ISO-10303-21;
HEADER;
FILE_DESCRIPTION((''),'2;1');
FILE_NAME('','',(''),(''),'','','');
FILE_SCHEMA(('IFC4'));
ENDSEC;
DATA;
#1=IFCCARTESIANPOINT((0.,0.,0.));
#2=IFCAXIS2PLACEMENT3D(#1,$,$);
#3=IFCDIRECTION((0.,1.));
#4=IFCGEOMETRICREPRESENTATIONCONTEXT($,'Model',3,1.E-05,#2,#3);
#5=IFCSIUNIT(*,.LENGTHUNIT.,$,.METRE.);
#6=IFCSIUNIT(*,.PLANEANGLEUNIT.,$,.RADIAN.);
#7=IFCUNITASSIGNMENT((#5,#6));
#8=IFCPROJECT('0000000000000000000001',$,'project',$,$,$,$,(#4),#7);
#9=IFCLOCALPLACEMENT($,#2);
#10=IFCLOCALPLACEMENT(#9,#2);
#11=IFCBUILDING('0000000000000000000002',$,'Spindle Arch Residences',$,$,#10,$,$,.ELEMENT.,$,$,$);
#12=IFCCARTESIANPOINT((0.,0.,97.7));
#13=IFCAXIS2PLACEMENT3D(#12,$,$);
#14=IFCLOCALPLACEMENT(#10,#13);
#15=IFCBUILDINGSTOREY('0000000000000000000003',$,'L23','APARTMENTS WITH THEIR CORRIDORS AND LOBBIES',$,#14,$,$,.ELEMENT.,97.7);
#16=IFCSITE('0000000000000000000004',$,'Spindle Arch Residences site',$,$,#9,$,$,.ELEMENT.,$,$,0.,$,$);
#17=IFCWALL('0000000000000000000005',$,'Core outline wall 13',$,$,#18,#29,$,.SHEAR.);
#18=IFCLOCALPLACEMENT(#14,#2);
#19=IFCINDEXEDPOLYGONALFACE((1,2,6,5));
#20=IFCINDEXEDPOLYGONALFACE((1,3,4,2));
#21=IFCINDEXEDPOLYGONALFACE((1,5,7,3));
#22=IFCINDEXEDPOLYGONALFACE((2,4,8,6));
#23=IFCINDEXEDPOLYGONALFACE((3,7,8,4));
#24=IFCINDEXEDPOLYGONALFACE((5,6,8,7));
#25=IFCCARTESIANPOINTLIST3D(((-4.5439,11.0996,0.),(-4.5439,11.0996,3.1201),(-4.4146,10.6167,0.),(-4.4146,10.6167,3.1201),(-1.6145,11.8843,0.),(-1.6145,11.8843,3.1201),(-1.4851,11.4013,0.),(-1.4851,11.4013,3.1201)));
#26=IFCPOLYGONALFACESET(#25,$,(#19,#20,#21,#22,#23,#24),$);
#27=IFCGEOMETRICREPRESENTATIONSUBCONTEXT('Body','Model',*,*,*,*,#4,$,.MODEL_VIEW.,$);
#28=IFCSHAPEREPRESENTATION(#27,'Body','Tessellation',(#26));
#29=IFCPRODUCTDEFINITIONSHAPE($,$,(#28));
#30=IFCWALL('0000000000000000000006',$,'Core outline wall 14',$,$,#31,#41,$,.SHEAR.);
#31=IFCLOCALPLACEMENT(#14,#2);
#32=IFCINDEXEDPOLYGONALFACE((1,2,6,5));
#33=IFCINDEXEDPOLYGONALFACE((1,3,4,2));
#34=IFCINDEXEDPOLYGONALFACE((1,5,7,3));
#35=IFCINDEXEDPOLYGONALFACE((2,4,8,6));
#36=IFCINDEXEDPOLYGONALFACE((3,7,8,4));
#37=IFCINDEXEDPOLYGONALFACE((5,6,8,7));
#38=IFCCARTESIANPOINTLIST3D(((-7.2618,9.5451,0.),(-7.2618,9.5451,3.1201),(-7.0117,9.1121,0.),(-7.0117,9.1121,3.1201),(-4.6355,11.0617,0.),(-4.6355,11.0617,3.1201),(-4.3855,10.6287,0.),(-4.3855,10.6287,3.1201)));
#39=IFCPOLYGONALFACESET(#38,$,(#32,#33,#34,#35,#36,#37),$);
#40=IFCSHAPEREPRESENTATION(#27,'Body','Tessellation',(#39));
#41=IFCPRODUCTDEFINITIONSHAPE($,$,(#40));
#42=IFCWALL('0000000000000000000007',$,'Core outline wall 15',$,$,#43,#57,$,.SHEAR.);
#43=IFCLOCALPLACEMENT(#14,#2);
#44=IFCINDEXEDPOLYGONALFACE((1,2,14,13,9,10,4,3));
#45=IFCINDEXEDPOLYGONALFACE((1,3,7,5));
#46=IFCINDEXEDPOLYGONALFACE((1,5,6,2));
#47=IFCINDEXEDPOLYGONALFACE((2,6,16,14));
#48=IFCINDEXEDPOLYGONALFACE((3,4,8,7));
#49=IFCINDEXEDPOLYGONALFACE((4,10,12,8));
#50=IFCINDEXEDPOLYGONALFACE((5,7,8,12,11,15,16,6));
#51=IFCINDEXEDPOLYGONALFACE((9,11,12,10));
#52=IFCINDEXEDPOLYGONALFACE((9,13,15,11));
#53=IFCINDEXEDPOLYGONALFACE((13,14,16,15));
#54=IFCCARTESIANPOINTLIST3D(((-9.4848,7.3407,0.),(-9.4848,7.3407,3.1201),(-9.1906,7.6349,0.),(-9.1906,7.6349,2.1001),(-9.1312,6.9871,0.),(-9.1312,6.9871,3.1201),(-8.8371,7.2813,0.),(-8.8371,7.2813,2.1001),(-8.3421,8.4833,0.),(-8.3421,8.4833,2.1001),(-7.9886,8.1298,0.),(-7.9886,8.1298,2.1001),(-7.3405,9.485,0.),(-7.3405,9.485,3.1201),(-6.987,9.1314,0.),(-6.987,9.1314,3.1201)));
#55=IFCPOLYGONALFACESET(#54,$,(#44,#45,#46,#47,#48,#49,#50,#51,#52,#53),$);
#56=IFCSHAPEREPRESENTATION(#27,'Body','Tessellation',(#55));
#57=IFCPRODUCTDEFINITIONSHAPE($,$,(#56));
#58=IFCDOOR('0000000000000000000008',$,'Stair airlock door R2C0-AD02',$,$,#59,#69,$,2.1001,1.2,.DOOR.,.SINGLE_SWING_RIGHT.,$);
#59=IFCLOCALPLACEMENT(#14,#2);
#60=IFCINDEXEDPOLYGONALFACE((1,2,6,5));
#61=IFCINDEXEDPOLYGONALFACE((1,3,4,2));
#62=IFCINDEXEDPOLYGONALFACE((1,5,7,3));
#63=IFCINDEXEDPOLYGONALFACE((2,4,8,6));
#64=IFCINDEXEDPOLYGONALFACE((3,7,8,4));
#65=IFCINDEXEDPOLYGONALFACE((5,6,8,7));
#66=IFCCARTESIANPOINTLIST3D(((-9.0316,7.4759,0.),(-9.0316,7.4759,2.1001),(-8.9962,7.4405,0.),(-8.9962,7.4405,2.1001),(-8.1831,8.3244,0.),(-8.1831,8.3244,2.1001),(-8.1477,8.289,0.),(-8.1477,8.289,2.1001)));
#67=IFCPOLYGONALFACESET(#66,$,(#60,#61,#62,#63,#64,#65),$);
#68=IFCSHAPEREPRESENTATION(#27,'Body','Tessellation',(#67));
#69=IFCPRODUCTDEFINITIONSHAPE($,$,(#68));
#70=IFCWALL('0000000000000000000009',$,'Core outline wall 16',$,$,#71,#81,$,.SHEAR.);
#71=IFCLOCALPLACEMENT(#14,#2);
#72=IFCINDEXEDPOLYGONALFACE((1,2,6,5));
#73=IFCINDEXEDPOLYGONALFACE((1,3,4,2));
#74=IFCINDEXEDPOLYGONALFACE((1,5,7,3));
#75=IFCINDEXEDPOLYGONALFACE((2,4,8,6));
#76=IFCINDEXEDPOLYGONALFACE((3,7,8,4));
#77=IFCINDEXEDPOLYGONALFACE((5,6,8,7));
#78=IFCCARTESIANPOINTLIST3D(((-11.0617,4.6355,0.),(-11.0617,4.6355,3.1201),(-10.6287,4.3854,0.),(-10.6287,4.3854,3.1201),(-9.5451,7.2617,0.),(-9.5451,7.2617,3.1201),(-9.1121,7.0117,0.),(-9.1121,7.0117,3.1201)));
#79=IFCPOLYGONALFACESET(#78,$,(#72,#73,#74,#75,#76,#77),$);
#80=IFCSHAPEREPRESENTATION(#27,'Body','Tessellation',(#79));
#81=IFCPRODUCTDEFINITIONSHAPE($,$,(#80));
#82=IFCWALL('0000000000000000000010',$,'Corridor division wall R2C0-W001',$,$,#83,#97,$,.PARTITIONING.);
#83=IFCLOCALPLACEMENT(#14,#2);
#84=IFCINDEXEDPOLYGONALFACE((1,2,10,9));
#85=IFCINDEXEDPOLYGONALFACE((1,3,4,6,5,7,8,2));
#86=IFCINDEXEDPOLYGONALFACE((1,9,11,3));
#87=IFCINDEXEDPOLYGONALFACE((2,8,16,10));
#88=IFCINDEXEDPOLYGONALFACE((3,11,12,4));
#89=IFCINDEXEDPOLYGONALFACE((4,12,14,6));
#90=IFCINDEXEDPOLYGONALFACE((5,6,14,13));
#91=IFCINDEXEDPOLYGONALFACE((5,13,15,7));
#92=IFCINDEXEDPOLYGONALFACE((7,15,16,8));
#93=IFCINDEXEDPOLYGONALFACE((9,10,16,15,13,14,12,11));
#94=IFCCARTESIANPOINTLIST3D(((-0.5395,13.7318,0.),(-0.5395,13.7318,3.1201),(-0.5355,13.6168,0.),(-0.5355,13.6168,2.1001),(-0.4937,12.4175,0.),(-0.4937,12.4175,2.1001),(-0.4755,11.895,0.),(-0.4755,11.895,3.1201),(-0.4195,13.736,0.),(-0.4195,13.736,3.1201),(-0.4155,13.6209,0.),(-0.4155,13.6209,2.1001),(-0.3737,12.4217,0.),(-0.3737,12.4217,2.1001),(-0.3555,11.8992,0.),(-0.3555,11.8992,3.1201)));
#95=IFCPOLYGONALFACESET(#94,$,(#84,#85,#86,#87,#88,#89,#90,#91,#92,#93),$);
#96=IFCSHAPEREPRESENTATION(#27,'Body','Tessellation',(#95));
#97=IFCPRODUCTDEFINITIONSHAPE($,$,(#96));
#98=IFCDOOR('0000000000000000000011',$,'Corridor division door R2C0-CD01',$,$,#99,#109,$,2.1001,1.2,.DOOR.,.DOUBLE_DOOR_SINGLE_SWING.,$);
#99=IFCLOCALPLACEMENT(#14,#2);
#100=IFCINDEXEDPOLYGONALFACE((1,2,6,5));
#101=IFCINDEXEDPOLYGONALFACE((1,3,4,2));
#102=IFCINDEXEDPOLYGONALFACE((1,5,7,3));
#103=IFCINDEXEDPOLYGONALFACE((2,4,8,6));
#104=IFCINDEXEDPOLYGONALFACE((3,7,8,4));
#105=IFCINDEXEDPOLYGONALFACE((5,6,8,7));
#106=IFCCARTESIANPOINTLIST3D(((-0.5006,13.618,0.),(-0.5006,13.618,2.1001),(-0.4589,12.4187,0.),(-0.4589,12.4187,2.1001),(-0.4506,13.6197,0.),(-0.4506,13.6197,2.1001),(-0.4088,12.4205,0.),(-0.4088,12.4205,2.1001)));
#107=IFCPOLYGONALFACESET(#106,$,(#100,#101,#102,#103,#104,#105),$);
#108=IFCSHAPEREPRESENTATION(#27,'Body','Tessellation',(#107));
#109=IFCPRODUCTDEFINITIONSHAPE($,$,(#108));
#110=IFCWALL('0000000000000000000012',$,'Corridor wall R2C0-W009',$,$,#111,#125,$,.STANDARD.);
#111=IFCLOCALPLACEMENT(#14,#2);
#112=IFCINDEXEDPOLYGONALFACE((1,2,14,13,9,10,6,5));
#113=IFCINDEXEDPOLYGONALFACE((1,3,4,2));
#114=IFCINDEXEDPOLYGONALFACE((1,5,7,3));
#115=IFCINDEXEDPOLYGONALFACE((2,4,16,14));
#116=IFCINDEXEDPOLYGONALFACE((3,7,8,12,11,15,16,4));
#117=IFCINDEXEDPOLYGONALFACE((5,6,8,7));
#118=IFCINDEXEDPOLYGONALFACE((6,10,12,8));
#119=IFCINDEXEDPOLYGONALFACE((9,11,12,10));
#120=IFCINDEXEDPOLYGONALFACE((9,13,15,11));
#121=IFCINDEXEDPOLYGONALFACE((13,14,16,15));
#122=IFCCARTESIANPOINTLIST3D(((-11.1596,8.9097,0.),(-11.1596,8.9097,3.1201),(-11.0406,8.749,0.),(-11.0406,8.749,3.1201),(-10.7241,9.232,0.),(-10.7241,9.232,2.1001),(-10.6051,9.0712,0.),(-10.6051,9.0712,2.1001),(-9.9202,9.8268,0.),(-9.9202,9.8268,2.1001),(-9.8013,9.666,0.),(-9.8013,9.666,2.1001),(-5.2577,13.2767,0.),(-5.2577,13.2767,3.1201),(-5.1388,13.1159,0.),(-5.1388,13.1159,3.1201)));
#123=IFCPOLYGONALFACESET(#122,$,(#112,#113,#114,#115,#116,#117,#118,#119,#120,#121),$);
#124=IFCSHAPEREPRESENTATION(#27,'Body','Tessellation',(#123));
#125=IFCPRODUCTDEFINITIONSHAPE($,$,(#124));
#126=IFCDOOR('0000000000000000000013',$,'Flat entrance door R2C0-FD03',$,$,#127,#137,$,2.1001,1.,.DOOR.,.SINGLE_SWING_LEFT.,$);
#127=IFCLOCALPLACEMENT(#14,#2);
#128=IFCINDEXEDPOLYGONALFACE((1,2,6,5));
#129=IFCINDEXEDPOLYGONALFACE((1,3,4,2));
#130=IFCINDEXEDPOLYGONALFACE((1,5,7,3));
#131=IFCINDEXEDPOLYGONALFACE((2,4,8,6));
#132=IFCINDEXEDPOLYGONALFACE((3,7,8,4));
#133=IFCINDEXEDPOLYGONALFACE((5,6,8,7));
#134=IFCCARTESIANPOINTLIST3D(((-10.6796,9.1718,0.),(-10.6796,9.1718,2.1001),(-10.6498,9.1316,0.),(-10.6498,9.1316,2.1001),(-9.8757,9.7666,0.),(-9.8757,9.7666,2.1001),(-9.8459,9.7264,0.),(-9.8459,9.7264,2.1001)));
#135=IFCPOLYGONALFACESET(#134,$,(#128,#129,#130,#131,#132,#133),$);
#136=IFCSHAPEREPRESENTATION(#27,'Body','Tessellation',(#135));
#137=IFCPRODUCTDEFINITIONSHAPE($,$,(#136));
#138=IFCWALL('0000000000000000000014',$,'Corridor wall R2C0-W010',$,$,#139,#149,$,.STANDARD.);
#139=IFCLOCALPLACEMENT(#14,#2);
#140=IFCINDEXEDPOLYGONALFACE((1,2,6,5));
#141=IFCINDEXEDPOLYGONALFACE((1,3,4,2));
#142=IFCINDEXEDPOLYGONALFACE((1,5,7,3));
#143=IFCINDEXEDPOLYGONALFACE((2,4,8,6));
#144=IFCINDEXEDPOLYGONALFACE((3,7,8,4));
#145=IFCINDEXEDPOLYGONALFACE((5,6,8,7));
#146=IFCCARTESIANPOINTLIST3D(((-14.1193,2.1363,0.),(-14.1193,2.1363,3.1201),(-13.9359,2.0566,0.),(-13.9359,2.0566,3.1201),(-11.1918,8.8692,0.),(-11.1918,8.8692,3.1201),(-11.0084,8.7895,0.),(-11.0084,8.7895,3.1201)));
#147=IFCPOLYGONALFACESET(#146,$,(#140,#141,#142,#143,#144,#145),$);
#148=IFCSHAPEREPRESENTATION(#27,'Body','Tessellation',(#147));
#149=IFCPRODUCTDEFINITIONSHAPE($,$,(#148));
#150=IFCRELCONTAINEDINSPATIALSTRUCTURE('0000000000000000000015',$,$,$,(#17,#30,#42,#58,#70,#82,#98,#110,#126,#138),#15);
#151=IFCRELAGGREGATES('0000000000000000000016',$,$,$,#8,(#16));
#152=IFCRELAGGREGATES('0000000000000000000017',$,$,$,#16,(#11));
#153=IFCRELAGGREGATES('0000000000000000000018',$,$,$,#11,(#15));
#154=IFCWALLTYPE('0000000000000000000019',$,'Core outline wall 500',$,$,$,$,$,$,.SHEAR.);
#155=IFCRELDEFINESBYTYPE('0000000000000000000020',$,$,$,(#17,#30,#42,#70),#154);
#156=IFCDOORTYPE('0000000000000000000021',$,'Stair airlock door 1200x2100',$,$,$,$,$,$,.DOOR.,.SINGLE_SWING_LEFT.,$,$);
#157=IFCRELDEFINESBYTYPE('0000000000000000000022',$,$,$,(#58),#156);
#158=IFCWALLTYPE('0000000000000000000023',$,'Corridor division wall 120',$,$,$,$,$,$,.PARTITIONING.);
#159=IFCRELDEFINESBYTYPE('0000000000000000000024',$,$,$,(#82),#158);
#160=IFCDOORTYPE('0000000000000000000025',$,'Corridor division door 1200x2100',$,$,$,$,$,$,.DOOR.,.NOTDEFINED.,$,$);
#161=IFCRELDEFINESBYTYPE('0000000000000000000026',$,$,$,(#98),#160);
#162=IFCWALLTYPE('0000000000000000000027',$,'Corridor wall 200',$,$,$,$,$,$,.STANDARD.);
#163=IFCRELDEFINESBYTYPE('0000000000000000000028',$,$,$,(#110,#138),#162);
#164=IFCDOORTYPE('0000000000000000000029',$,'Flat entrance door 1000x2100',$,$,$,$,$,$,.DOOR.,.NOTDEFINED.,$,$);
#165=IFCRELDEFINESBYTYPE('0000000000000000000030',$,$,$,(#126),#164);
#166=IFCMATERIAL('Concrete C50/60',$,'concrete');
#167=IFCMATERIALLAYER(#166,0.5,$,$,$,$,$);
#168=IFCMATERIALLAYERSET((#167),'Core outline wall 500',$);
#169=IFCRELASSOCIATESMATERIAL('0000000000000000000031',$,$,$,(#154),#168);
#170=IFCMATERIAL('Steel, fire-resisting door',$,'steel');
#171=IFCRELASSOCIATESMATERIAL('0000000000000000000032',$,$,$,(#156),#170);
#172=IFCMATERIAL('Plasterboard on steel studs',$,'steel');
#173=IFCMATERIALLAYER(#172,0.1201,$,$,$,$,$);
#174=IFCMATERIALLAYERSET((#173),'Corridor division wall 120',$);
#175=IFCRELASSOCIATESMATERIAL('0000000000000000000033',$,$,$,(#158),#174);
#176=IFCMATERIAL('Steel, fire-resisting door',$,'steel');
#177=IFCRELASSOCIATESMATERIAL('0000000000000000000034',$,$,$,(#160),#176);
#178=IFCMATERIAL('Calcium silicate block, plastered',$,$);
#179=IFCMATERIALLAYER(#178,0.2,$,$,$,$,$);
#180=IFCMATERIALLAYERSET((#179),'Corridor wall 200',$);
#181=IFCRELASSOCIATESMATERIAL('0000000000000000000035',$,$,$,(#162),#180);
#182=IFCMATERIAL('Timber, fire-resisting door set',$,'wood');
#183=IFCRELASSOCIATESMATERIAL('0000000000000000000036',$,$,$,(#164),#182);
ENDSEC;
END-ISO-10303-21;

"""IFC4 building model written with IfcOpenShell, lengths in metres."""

from ifc_helpers import new_model, si_unit, direction, frame, frame_2d, origin, place, context, subcontext, project, spatial, rectangle, extrude, material, layer, layer_set, type_object, element, fill, save


model = new_model("IFC4")

# Units and contexts
model_context = context("Model", 3, precision=1e-05, world=origin(), true_north=direction((0.0, 1.0)))
body_context = subcontext(model_context, "Body", "Model", "MODEL_VIEW")
ifc_project = project(units=[si_unit("LENGTHUNIT", "METRE"), si_unit("PLANEANGLEUNIT", "RADIAN")], contexts=[model_context])

# Site, building, storey
site_placement = place(None, origin())
site = spatial("IfcSite", under=ifc_project, at=site_placement, Name="Spindle Arch Residences site", CompositionType="ELEMENT", RefElevation=0.0)
building_placement = place(site_placement, origin())
building = spatial("IfcBuilding", under=site, at=building_placement, Name="Spindle Arch Residences", CompositionType="ELEMENT")
storey_placement = place(building_placement, frame((0.0, 0.0, 97.7)))
storey = spatial("IfcBuildingStorey", under=building, at=storey_placement, Name="L23", Description="APARTMENTS WITH THEIR CORRIDORS AND LOBBIES", CompositionType="ELEMENT", Elevation=97.7)

# Walls
ifc_material_1 = material(Name="Concrete C50/60", Category="concrete")
ifc_layer_1 = layer(ifc_material_1, 0.5)
ifc_layer_set_1 = layer_set([ifc_layer_1], Name="Core outline wall 500")
wall_type_1 = type_object("IfcWallType", Name="Core outline wall 500", PredefinedType="SHEAR", material=ifc_layer_set_1)
for number, where, z_axis, x_axis, name in (
    (1, (-1.5498, 11.6428, 0.0), (0.0, 0.0, 1.0), (-0.965948, -0.258735, 0.0), "Core outline wall 13"),
    (2, (-4.5105, 10.8452, 0.0), (0.0, 0.0, 1.0), (-0.865975, -0.500087, 0.0), "Core outline wall 14"),
):
    element("IfcWall", number, at=place(storey_placement, frame(where, z_axis=z_axis, x_axis=x_axis)), inside=storey, type_object=wall_type_1, Name=name, PredefinedType="SHEAR", context=body_context, shape_type="SweptSolid", body=[
        extrude(rectangle(XDim=3.0327, YDim=0.5, at=frame_2d((1.5164, 0.0))), origin(), (0.0, 0.0, 1.0), 3.1201),
    ])

# Wall, opening, door
wall_1_placement = place(storey_placement, frame((-7.1638, 9.3081, 0.0), z_axis=(0.0, 0.0, 1.0), x_axis=(-0.707107, -0.707107, 0.0)))
wall_1 = element("IfcWall", 3, at=wall_1_placement, inside=storey, type_object=wall_type_1, Name="Core outline wall 15", PredefinedType="SHEAR", context=body_context, shape_type="SweptSolid", body=[
    extrude(rectangle(XDim=3.0325, YDim=0.5, at=frame_2d((1.5161, 0.0))), origin(), (0.0, 0.0, 1.0), 3.1201),
])
opening_1_placement = place(wall_1_placement, frame((1.4163, 0.0, 0.0)))
opening_1 = element("IfcOpeningElement", 4, at=opening_1_placement, cuts=wall_1, PredefinedType="OPENING", context=body_context, shape_type="SweptSolid", body=[
    extrude(rectangle(XDim=1.2, YDim=2.1001, at=frame_2d((0.6001, 1.05))), frame((0.0, 0.26, 0.0), z_axis=(0.0, -1.0, 0.0), x_axis=(1.0, 0.0, 0.0)), (0.0, 0.0, 1.0), 0.52),
])
ifc_material_2 = material(Name="Steel, fire-resisting door", Category="steel")
door_type_1 = type_object("IfcDoorType", Name="Stair airlock door 1200x2100", OperationType="SINGLE_SWING_LEFT", PredefinedType="DOOR", material=ifc_material_2)
door_1_placement = place(opening_1_placement, origin())
door_1 = element("IfcDoor", 5, at=door_1_placement, inside=storey, type_object=door_type_1, Name="Stair airlock door R2C0-AD02", OperationType="SINGLE_SWING_RIGHT", OverallHeight=2.1001, OverallWidth=1.2, PredefinedType="DOOR", context=body_context, shape_type="SweptSolid", body=[
    extrude(rectangle(XDim=1.2, YDim=2.1001, at=frame_2d((0.6001, 1.05))), frame((0.0, 0.0249, 0.0), z_axis=(0.0, -1.0, 0.0), x_axis=(1.0, 0.0, 0.0)), (0.0, 0.0, 1.0), 0.05),
])
fill(opening_1, door_1)

# Wall
wall_2_placement = place(storey_placement, frame((-9.3286, 7.1367, 0.0), z_axis=(0.0, 0.0, 1.0), x_axis=(-0.500087, -0.865975, 0.0)))
element("IfcWall", 6, at=wall_2_placement, inside=storey, type_object=wall_type_1, Name="Core outline wall 16", PredefinedType="SHEAR", context=body_context, shape_type="SweptSolid", body=[
    extrude(rectangle(XDim=3.0327, YDim=0.5, at=frame_2d((1.5164, 0.0))), origin(), (0.0, 0.0, 1.0), 3.1201),
])

# Walls, openings, doors
ifc_material_3 = material(Name="Plasterboard on steel studs", Category="steel")
ifc_layer_2 = layer(ifc_material_3, 0.1201)
ifc_layer_set_2 = layer_set([ifc_layer_2], Name="Corridor division wall 120")
wall_type_2 = type_object("IfcWallType", Name="Corridor division wall 120", PredefinedType="PARTITIONING", material=ifc_layer_set_2)
wall_3_placement = place(storey_placement, frame((-0.4795, 13.7339, 0.0), z_axis=(0.0, 0.0, 1.0), x_axis=(0.034805, -0.999394, 0.0)))
wall_3 = element("IfcWall", 7, at=wall_3_placement, inside=storey, type_object=wall_type_2, Name="Corridor division wall R2C0-W001", PredefinedType="PARTITIONING", context=body_context, shape_type="SweptSolid", body=[
    extrude(rectangle(XDim=1.8379, YDim=0.1201, at=frame_2d((0.9189, 0.0))), origin(), (0.0, 0.0, 1.0), 3.1201),
])
opening_2_placement = place(wall_3_placement, frame((0.115, 0.0, 0.0)))
opening_2 = element("IfcOpeningElement", 8, at=opening_2_placement, cuts=wall_3, PredefinedType="OPENING", context=body_context, shape_type="SweptSolid", body=[
    extrude(rectangle(XDim=1.2, YDim=2.1001, at=frame_2d((0.6001, 1.05))), frame((0.0, 0.0701, 0.0), z_axis=(0.0, -1.0, 0.0), x_axis=(1.0, 0.0, 0.0)), (0.0, 0.0, 1.0), 0.1401),
])
ifc_material_4 = material(Name="Steel, fire-resisting door", Category="steel")
door_type_2 = type_object("IfcDoorType", Name="Corridor division door 1200x2100", OperationType="NOTDEFINED", PredefinedType="DOOR", material=ifc_material_4)
door_2_placement = place(opening_2_placement, origin())
door_2 = element("IfcDoor", 9, at=door_2_placement, inside=storey, type_object=door_type_2, Name="Corridor division door R2C0-CD01", OperationType="DOUBLE_DOOR_SINGLE_SWING", OverallHeight=2.1001, OverallWidth=1.2, PredefinedType="DOOR", context=body_context, shape_type="SweptSolid", body=[
    extrude(rectangle(XDim=1.2, YDim=2.1001, at=frame_2d((0.6001, 1.05))), frame((0.0, 0.0249, 0.0), z_axis=(0.0, -1.0, 0.0), x_axis=(1.0, 0.0, 0.0)), (0.0, 0.0, 1.0), 0.05),
])
fill(opening_2, door_2)
ifc_material_5 = material(Name="Calcium silicate block, plastered")
ifc_layer_3 = layer(ifc_material_5, 0.2)
ifc_layer_set_3 = layer_set([ifc_layer_3], Name="Corridor wall 200")
wall_type_3 = type_object("IfcWallType", Name="Corridor wall 200", PredefinedType="STANDARD", material=ifc_layer_set_3)
wall_4_placement = place(storey_placement, frame((-5.1982, 13.1963, 0.0), z_axis=(0.0, 0.0, 1.0), x_axis=(-0.80387, -0.594805, 0.0)))
wall_4 = element("IfcWall", 10, at=wall_4_placement, inside=storey, type_object=wall_type_3, Name="Corridor wall R2C0-W009", PredefinedType="STANDARD", context=body_context, shape_type="SweptSolid", body=[
    extrude(rectangle(XDim=7.3418, YDim=0.2, at=frame_2d((3.6709, 0.0))), origin(), (0.0, 0.0, 1.0), 3.1201),
])
opening_3_placement = place(wall_4_placement, frame((5.8, 0.0, 0.0)))
opening_3 = element("IfcOpeningElement", 11, at=opening_3_placement, cuts=wall_4, PredefinedType="OPENING", context=body_context, shape_type="SweptSolid", body=[
    extrude(rectangle(XDim=1.0, YDim=2.1001, at=frame_2d((0.5, 1.05))), frame((0.0, 0.1099, 0.0), z_axis=(0.0, -1.0, 0.0), x_axis=(1.0, 0.0, 0.0)), (0.0, 0.0, 1.0), 0.22),
])
ifc_material_6 = material(Name="Timber, fire-resisting door set", Category="wood")
door_type_3 = type_object("IfcDoorType", Name="Flat entrance door 1000x2100", OperationType="NOTDEFINED", PredefinedType="DOOR", material=ifc_material_6)
door_3_placement = place(opening_3_placement, origin())
door_3 = element("IfcDoor", 12, at=door_3_placement, inside=storey, type_object=door_type_3, Name="Flat entrance door R2C0-FD03", OperationType="SINGLE_SWING_LEFT", OverallHeight=2.1001, OverallWidth=1.0, PredefinedType="DOOR", context=body_context, shape_type="SweptSolid", body=[
    extrude(rectangle(XDim=1.0, YDim=2.1001, at=frame_2d((0.5, 1.05))), frame((0.0, 0.0249, 0.0), z_axis=(0.0, -1.0, 0.0), x_axis=(1.0, 0.0, 0.0)), (0.0, 0.0, 1.0), 0.05),
])
fill(opening_3, door_3)

# Wall
wall_5_placement = place(storey_placement, frame((-11.1001, 8.8293, 0.0), z_axis=(0.0, 0.0, 1.0), x_axis=(-0.398742, -0.917063, 0.0)))
element("IfcWall", 13, at=wall_5_placement, inside=storey, type_object=wall_type_3, Name="Corridor wall R2C0-W010", PredefinedType="STANDARD", context=body_context, shape_type="SweptSolid", body=[
    extrude(rectangle(XDim=7.3418, YDim=0.2, at=frame_2d((3.6709, 0.0))), origin(), (0.0, 0.0, 1.0), 3.1201),
])

save(model, "model.ifc")
